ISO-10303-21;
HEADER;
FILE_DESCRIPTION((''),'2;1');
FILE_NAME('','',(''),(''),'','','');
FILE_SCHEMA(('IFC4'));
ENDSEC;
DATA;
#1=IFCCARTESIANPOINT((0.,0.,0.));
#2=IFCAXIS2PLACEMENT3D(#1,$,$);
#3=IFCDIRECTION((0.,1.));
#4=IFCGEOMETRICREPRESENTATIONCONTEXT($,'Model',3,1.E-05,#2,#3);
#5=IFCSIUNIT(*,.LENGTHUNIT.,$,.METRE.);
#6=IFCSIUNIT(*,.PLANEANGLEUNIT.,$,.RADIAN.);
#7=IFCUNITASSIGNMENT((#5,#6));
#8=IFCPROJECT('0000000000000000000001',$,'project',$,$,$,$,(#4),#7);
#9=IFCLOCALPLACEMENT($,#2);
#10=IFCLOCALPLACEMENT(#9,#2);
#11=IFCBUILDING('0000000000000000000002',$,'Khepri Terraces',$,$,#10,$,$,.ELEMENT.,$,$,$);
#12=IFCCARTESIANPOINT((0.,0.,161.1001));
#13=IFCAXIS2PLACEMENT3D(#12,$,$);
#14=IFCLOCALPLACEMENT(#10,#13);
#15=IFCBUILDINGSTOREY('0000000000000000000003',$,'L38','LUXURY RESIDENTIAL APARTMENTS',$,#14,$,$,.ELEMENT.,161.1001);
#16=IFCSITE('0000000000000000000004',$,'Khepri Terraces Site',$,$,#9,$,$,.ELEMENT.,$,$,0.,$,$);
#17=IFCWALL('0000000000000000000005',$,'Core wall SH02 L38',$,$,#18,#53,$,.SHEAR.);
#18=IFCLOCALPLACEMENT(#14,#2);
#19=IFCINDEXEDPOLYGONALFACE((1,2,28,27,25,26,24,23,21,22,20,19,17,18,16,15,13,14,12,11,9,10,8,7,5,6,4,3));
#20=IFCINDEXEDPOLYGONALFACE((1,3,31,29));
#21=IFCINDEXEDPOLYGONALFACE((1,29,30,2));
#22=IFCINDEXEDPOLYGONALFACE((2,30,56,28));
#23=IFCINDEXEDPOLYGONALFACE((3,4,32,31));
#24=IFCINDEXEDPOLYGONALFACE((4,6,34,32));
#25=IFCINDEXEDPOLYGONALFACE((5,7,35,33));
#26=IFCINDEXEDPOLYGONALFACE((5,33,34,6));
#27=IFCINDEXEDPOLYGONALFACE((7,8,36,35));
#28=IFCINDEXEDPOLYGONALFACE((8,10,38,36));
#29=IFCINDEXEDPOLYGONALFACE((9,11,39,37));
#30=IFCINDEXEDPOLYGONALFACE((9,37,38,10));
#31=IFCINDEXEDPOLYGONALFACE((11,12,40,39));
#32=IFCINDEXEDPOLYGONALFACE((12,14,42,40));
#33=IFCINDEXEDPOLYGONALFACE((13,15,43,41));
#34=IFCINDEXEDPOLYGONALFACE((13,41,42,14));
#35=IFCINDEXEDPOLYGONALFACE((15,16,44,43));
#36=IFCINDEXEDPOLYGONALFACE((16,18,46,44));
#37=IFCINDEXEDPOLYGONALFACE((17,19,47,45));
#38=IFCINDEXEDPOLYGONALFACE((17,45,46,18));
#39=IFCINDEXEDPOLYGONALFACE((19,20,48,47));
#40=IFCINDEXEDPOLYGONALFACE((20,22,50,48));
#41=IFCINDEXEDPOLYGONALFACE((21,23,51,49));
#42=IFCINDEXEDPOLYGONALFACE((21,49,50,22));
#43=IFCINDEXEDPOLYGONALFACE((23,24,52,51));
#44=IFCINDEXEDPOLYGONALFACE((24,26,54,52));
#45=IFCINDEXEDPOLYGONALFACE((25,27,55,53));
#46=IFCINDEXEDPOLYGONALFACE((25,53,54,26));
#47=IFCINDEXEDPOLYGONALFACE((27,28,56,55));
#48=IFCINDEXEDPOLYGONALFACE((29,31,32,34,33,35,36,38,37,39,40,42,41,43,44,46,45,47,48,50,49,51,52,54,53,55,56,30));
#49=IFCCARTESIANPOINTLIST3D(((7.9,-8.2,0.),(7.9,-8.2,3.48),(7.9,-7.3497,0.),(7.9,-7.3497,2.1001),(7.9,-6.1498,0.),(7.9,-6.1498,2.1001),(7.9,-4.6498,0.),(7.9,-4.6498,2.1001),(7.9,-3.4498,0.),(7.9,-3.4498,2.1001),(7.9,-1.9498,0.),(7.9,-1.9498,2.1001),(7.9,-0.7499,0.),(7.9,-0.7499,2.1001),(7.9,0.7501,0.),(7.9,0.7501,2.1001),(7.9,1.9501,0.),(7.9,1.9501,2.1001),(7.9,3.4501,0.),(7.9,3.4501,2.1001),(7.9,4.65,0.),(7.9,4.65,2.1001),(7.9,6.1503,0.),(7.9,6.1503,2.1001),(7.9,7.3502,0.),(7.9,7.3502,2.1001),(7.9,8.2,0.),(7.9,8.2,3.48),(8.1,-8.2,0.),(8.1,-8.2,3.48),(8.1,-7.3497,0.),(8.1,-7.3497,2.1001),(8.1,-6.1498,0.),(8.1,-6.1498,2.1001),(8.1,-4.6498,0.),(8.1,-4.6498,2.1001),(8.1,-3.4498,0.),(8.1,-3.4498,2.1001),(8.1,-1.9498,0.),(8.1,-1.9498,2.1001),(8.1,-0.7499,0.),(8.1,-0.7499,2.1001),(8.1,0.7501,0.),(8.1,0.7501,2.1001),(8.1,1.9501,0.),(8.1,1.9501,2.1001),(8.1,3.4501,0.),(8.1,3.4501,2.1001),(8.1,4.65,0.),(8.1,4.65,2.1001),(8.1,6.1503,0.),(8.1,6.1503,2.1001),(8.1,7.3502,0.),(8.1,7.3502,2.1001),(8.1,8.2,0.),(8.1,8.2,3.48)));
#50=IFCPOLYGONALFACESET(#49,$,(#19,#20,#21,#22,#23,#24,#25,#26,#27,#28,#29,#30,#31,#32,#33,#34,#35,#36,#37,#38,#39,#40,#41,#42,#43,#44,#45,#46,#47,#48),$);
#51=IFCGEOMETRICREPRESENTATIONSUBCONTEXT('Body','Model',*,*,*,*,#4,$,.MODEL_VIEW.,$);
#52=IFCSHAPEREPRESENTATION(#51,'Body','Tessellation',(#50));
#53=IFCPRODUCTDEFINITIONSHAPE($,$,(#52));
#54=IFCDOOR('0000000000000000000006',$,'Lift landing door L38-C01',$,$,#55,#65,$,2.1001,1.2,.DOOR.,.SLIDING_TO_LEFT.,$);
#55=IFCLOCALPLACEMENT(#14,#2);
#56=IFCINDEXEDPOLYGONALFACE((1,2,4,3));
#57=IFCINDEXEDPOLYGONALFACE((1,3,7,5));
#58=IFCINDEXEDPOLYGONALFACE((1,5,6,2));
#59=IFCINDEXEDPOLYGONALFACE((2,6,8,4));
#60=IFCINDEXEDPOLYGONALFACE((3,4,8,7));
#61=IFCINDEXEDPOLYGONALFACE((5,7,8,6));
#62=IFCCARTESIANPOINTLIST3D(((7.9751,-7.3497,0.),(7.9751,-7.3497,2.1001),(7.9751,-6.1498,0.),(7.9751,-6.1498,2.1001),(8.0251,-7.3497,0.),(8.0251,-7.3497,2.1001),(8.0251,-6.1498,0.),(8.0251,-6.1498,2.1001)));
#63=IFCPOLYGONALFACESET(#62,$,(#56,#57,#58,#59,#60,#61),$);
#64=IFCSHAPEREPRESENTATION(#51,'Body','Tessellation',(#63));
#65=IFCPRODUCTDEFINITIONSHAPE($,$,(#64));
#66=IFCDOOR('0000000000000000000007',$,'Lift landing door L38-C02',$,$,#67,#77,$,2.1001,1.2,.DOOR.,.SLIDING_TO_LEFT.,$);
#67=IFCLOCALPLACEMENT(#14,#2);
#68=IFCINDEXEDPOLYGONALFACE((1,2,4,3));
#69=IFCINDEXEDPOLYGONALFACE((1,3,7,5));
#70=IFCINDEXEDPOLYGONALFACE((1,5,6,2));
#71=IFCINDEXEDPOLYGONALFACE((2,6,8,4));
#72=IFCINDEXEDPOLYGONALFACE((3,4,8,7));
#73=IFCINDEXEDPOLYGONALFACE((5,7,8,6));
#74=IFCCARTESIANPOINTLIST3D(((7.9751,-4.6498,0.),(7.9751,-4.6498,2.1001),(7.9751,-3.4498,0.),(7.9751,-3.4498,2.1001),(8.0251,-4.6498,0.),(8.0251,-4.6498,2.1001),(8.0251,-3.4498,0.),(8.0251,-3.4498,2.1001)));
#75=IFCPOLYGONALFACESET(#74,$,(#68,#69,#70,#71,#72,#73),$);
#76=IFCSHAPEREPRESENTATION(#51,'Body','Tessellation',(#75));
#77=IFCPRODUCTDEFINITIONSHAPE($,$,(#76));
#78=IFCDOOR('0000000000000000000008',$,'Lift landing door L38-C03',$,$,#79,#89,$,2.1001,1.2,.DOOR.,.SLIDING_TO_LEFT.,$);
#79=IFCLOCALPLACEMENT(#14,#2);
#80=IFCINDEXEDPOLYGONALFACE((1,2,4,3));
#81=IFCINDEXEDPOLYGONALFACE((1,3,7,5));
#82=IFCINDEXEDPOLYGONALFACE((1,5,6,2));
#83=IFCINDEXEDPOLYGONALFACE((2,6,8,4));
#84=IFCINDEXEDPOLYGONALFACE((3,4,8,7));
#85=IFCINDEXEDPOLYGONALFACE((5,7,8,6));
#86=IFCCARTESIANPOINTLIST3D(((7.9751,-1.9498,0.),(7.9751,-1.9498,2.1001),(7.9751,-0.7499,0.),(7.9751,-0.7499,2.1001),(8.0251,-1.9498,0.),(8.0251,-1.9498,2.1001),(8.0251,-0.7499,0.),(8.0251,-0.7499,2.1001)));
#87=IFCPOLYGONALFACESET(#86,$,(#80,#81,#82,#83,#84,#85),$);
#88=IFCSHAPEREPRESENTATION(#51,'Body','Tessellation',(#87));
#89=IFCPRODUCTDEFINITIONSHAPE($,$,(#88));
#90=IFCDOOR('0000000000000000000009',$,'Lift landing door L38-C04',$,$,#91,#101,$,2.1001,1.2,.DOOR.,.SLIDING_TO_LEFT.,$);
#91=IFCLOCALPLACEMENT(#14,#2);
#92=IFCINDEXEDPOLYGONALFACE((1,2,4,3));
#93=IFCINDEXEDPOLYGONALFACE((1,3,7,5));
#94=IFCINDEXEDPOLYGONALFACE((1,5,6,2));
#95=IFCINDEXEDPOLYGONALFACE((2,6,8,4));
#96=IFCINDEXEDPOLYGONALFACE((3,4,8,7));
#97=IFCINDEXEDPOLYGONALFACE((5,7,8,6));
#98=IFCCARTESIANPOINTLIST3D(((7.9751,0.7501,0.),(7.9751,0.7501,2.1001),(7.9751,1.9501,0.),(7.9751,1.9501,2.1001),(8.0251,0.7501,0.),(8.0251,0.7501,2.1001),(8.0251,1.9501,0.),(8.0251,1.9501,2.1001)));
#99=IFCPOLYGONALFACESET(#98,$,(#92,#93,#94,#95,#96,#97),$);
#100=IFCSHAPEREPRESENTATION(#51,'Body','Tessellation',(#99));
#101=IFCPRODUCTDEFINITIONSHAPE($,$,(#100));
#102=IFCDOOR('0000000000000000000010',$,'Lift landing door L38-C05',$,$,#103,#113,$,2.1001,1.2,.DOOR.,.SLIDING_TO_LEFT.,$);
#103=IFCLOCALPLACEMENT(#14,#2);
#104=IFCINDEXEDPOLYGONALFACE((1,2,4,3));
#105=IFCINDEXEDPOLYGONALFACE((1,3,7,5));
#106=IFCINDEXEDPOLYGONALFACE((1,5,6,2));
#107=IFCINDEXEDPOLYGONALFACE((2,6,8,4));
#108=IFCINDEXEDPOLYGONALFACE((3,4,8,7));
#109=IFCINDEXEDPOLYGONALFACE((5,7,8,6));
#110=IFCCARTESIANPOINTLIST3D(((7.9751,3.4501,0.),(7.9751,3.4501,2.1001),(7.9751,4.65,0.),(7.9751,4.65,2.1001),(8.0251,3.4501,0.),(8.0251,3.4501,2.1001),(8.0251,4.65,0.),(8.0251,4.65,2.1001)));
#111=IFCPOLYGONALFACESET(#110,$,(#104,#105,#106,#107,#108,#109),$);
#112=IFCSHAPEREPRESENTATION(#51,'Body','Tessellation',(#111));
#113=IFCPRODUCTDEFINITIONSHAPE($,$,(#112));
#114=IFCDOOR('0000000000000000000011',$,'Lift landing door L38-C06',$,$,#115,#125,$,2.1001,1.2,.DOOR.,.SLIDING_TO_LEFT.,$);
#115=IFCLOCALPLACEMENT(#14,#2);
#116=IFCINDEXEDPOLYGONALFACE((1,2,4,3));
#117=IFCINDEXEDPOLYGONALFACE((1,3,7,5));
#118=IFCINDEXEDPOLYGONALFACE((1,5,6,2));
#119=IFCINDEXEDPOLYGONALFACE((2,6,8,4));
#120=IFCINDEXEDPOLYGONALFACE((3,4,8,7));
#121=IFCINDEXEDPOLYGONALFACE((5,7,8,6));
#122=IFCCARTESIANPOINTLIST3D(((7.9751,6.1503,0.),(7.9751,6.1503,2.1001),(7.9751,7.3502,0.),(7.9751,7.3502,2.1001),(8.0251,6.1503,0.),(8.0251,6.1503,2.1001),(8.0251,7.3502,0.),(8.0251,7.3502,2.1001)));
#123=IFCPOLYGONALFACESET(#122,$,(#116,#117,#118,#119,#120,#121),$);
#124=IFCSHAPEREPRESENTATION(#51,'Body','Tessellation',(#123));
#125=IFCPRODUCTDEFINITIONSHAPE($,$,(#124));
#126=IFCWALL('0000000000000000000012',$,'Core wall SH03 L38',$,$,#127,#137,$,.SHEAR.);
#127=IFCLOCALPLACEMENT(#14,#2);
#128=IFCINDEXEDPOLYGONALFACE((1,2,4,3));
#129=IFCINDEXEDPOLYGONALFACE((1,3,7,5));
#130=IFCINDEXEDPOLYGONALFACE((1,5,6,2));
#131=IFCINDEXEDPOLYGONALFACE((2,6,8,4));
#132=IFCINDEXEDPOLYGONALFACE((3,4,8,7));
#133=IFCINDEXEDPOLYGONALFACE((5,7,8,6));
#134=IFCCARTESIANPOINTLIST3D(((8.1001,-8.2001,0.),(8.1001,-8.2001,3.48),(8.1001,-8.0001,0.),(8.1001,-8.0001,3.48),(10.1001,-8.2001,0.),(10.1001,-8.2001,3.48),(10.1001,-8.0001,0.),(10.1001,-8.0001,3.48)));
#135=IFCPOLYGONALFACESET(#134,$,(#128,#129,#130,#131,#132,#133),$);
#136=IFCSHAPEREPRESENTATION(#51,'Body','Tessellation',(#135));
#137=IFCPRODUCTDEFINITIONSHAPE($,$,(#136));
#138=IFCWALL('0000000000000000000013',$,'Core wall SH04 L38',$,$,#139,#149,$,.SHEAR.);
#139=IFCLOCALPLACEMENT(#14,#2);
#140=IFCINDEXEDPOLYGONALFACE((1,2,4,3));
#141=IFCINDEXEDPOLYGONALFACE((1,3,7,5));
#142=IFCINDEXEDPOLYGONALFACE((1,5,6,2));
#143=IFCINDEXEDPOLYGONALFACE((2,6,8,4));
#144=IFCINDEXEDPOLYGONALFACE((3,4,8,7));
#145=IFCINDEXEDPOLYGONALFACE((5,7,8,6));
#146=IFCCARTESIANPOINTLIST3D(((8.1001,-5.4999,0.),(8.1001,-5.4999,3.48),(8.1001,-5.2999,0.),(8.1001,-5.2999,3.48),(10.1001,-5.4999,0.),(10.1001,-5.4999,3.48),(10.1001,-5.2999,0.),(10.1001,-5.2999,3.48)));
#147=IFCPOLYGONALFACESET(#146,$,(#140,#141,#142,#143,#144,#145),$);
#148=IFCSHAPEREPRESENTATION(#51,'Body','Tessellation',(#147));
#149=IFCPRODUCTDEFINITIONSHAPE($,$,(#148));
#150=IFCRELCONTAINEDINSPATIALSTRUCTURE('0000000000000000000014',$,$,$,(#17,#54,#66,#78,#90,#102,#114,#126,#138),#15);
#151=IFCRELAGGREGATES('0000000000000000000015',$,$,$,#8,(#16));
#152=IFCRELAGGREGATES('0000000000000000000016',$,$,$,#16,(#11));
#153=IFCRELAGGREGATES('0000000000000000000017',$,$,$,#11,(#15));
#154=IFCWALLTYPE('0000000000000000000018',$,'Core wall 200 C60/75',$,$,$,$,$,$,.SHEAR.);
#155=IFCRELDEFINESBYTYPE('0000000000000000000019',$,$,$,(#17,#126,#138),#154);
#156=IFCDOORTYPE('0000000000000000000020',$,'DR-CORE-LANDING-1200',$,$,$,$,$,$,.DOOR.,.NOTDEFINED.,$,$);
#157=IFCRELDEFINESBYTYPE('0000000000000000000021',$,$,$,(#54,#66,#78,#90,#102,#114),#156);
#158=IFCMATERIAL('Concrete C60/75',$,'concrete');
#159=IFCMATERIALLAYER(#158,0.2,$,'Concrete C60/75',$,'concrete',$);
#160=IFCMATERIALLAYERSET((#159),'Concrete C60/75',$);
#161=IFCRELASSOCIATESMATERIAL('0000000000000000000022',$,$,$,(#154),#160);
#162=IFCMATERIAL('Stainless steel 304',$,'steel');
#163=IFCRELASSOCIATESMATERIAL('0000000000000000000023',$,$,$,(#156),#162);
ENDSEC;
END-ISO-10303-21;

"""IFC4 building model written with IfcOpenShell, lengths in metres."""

from ifc_helpers import new_model, si_unit, direction, frame, frame_2d, origin, place, context, subcontext, project, spatial, rectangle, extrude, material, layer, layer_set, type_object, element, fill, save


model = new_model("IFC4")

# Units and contexts
model_context = context("Model", 3, precision=1e-05, world=origin(), true_north=direction((0.0, 1.0)))
body_context = subcontext(model_context, "Body", "Model", "MODEL_VIEW")
ifc_project = project(units=[si_unit("LENGTHUNIT", "METRE"), si_unit("PLANEANGLEUNIT", "RADIAN")], contexts=[model_context])

# Site, building, storey
site_placement = place(None, origin())
site = spatial("IfcSite", under=ifc_project, at=site_placement, Name="Khepri Terraces Site", CompositionType="ELEMENT", RefElevation=0.0)
building_placement = place(site_placement, origin())
building = spatial("IfcBuilding", under=site, at=building_placement, Name="Khepri Terraces", CompositionType="ELEMENT")
storey_placement = place(building_placement, frame((0.0, 0.0, 161.1001)))
storey = spatial("IfcBuildingStorey", under=building, at=storey_placement, Name="L38", Description="LUXURY RESIDENTIAL APARTMENTS", CompositionType="ELEMENT", Elevation=161.1001)

# Shared definitions
ifc_material_1 = material(Name="Concrete C60/75", Category="concrete")

# Shared definitions
ifc_layer_1 = layer(ifc_material_1, 0.2, Name="Concrete C60/75", Category="concrete")
ifc_layer_set_1 = layer_set([ifc_layer_1], Name="Concrete C60/75")
wall_type_1 = type_object("IfcWallType", Name="Core wall 200 C60/75", PredefinedType="SHEAR", material=ifc_layer_set_1)

# Wall, openings, doors
wall_1_placement = place(storey_placement, frame((8.0, -8.2, 0.0), z_axis=(0.0, 0.0, 1.0), x_axis=(0.0, 1.0, 0.0)))
wall_1 = element("IfcWall", 1, at=wall_1_placement, inside=storey, type_object=wall_type_1, Name="Core wall SH02 L38", PredefinedType="SHEAR", context=body_context, shape_type="SweptSolid", body=[
    extrude(rectangle(XDim=16.3999, YDim=0.2, at=frame_2d((8.2, 0.0))), origin(), (0.0, 0.0, 1.0), 3.48),
])
opening_1_placement = place(wall_1_placement, frame((0.8501, 0.0, 0.0)))
opening_1 = element("IfcOpeningElement", 2, at=opening_1_placement, cuts=wall_1, PredefinedType="OPENING", context=body_context, shape_type="SweptSolid", body=[
    extrude(rectangle(XDim=1.2, YDim=2.1001, at=frame_2d((0.6001, 1.05))), frame((0.0, 0.1099, 0.0), z_axis=(0.0, -1.0, 0.0), x_axis=(1.0, 0.0, 0.0)), (0.0, 0.0, 1.0), 0.22),
])
opening_2_placement = place(wall_1_placement, frame((3.55, 0.0, 0.0)))
opening_2 = element("IfcOpeningElement", 3, at=opening_2_placement, cuts=wall_1, PredefinedType="OPENING", context=body_context, shape_type="SweptSolid", body=[
    extrude(rectangle(XDim=1.2, YDim=2.1001, at=frame_2d((0.6001, 1.05))), frame((0.0, 0.1099, 0.0), z_axis=(0.0, -1.0, 0.0), x_axis=(1.0, 0.0, 0.0)), (0.0, 0.0, 1.0), 0.22),
])
opening_3_placement = place(wall_1_placement, frame((6.25, 0.0, 0.0)))
opening_3 = element("IfcOpeningElement", 4, at=opening_3_placement, cuts=wall_1, PredefinedType="OPENING", context=body_context, shape_type="SweptSolid", body=[
    extrude(rectangle(XDim=1.2, YDim=2.1001, at=frame_2d((0.6001, 1.05))), frame((0.0, 0.1099, 0.0), z_axis=(0.0, -1.0, 0.0), x_axis=(1.0, 0.0, 0.0)), (0.0, 0.0, 1.0), 0.22),
])
opening_4_placement = place(wall_1_placement, frame((8.95, 0.0, 0.0)))
opening_4 = element("IfcOpeningElement", 5, at=opening_4_placement, cuts=wall_1, PredefinedType="OPENING", context=body_context, shape_type="SweptSolid", body=[
    extrude(rectangle(XDim=1.2, YDim=2.1001, at=frame_2d((0.6001, 1.05))), frame((0.0, 0.1099, 0.0), z_axis=(0.0, -1.0, 0.0), x_axis=(1.0, 0.0, 0.0)), (0.0, 0.0, 1.0), 0.22),
])
opening_5_placement = place(wall_1_placement, frame((11.6499, 0.0, 0.0)))
opening_5 = element("IfcOpeningElement", 6, at=opening_5_placement, cuts=wall_1, PredefinedType="OPENING", context=body_context, shape_type="SweptSolid", body=[
    extrude(rectangle(XDim=1.2, YDim=2.1001, at=frame_2d((0.6001, 1.05))), frame((0.0, 0.1099, 0.0), z_axis=(0.0, -1.0, 0.0), x_axis=(1.0, 0.0, 0.0)), (0.0, 0.0, 1.0), 0.22),
])
opening_6_placement = place(wall_1_placement, frame((14.3501, 0.0, 0.0)))
opening_6 = element("IfcOpeningElement", 7, at=opening_6_placement, cuts=wall_1, PredefinedType="OPENING", context=body_context, shape_type="SweptSolid", body=[
    extrude(rectangle(XDim=1.2, YDim=2.1001, at=frame_2d((0.6001, 1.05))), frame((0.0, 0.1099, 0.0), z_axis=(0.0, -1.0, 0.0), x_axis=(1.0, 0.0, 0.0)), (0.0, 0.0, 1.0), 0.22),
])
ifc_material_2 = material(Name="Stainless steel 304", Category="steel")
door_type_1 = type_object("IfcDoorType", Name="DR-CORE-LANDING-1200", OperationType="NOTDEFINED", PredefinedType="DOOR", material=ifc_material_2)
door_1_placement = place(opening_1_placement, origin())
door_1 = element("IfcDoor", 8, at=door_1_placement, inside=storey, type_object=door_type_1, Name="Lift landing door L38-C01", OperationType="SLIDING_TO_LEFT", OverallHeight=2.1001, OverallWidth=1.2, PredefinedType="DOOR", context=body_context, shape_type="SweptSolid", body=[
    extrude(rectangle(XDim=1.2, YDim=2.1001, at=frame_2d((0.6001, 1.05))), frame((0.0, 0.0249, 0.0), z_axis=(0.0, -1.0, 0.0), x_axis=(1.0, 0.0, 0.0)), (0.0, 0.0, 1.0), 0.05),
])
fill(opening_1, door_1)
door_2_placement = place(opening_2_placement, origin())
door_2 = element("IfcDoor", 9, at=door_2_placement, inside=storey, type_object=door_type_1, Name="Lift landing door L38-C02", OperationType="SLIDING_TO_LEFT", OverallHeight=2.1001, OverallWidth=1.2, PredefinedType="DOOR", context=body_context, shape_type="SweptSolid", body=[
    extrude(rectangle(XDim=1.2, YDim=2.1001, at=frame_2d((0.6001, 1.05))), frame((0.0, 0.0249, 0.0), z_axis=(0.0, -1.0, 0.0), x_axis=(1.0, 0.0, 0.0)), (0.0, 0.0, 1.0), 0.05),
])
fill(opening_2, door_2)
door_3_placement = place(opening_3_placement, origin())
door_3 = element("IfcDoor", 10, at=door_3_placement, inside=storey, type_object=door_type_1, Name="Lift landing door L38-C03", OperationType="SLIDING_TO_LEFT", OverallHeight=2.1001, OverallWidth=1.2, PredefinedType="DOOR", context=body_context, shape_type="SweptSolid", body=[
    extrude(rectangle(XDim=1.2, YDim=2.1001, at=frame_2d((0.6001, 1.05))), frame((0.0, 0.0249, 0.0), z_axis=(0.0, -1.0, 0.0), x_axis=(1.0, 0.0, 0.0)), (0.0, 0.0, 1.0), 0.05),
])
fill(opening_3, door_3)
door_4_placement = place(opening_4_placement, origin())
door_4 = element("IfcDoor", 11, at=door_4_placement, inside=storey, type_object=door_type_1, Name="Lift landing door L38-C04", OperationType="SLIDING_TO_LEFT", OverallHeight=2.1001, OverallWidth=1.2, PredefinedType="DOOR", context=body_context, shape_type="SweptSolid", body=[
    extrude(rectangle(XDim=1.2, YDim=2.1001, at=frame_2d((0.6001, 1.05))), frame((0.0, 0.0249, 0.0), z_axis=(0.0, -1.0, 0.0), x_axis=(1.0, 0.0, 0.0)), (0.0, 0.0, 1.0), 0.05),
])
fill(opening_4, door_4)
door_5_placement = place(opening_5_placement, origin())
door_5 = element("IfcDoor", 12, at=door_5_placement, inside=storey, type_object=door_type_1, Name="Lift landing door L38-C05", OperationType="SLIDING_TO_LEFT", OverallHeight=2.1001, OverallWidth=1.2, PredefinedType="DOOR", context=body_context, shape_type="SweptSolid", body=[
    extrude(rectangle(XDim=1.2, YDim=2.1001, at=frame_2d((0.6001, 1.05))), frame((0.0, 0.0249, 0.0), z_axis=(0.0, -1.0, 0.0), x_axis=(1.0, 0.0, 0.0)), (0.0, 0.0, 1.0), 0.05),
])
fill(opening_5, door_5)
door_6_placement = place(opening_6_placement, origin())
door_6 = element("IfcDoor", 13, at=door_6_placement, inside=storey, type_object=door_type_1, Name="Lift landing door L38-C06", OperationType="SLIDING_TO_LEFT", OverallHeight=2.1001, OverallWidth=1.2, PredefinedType="DOOR", context=body_context, shape_type="SweptSolid", body=[
    extrude(rectangle(XDim=1.2, YDim=2.1001, at=frame_2d((0.6001, 1.05))), frame((0.0, 0.0249, 0.0), z_axis=(0.0, -1.0, 0.0), x_axis=(1.0, 0.0, 0.0)), (0.0, 0.0, 1.0), 0.05),
])
fill(opening_6, door_6)

# Walls
for number, where, z_axis, x_axis, name in (
    (14, (8.1001, -8.1001, 0.0), (0.0, 0.0, 1.0), (1.0, 0.0, 0.0), "Core wall SH03 L38"),
    (15, (8.1001, -5.3999, 0.0), (0.0, 0.0, 1.0), (1.0, 0.0, 0.0), "Core wall SH04 L38"),
):
    element("IfcWall", number, at=place(storey_placement, frame(where, z_axis=z_axis, x_axis=x_axis)), inside=storey, type_object=wall_type_1, Name=name, PredefinedType="SHEAR", context=body_context, shape_type="SweptSolid", body=[
        extrude(rectangle(XDim=2.0, YDim=0.2, at=frame_2d((1.0, 0.0))), origin(), (0.0, 0.0, 1.0), 3.48),
    ])

save(model, "model.ifc")
